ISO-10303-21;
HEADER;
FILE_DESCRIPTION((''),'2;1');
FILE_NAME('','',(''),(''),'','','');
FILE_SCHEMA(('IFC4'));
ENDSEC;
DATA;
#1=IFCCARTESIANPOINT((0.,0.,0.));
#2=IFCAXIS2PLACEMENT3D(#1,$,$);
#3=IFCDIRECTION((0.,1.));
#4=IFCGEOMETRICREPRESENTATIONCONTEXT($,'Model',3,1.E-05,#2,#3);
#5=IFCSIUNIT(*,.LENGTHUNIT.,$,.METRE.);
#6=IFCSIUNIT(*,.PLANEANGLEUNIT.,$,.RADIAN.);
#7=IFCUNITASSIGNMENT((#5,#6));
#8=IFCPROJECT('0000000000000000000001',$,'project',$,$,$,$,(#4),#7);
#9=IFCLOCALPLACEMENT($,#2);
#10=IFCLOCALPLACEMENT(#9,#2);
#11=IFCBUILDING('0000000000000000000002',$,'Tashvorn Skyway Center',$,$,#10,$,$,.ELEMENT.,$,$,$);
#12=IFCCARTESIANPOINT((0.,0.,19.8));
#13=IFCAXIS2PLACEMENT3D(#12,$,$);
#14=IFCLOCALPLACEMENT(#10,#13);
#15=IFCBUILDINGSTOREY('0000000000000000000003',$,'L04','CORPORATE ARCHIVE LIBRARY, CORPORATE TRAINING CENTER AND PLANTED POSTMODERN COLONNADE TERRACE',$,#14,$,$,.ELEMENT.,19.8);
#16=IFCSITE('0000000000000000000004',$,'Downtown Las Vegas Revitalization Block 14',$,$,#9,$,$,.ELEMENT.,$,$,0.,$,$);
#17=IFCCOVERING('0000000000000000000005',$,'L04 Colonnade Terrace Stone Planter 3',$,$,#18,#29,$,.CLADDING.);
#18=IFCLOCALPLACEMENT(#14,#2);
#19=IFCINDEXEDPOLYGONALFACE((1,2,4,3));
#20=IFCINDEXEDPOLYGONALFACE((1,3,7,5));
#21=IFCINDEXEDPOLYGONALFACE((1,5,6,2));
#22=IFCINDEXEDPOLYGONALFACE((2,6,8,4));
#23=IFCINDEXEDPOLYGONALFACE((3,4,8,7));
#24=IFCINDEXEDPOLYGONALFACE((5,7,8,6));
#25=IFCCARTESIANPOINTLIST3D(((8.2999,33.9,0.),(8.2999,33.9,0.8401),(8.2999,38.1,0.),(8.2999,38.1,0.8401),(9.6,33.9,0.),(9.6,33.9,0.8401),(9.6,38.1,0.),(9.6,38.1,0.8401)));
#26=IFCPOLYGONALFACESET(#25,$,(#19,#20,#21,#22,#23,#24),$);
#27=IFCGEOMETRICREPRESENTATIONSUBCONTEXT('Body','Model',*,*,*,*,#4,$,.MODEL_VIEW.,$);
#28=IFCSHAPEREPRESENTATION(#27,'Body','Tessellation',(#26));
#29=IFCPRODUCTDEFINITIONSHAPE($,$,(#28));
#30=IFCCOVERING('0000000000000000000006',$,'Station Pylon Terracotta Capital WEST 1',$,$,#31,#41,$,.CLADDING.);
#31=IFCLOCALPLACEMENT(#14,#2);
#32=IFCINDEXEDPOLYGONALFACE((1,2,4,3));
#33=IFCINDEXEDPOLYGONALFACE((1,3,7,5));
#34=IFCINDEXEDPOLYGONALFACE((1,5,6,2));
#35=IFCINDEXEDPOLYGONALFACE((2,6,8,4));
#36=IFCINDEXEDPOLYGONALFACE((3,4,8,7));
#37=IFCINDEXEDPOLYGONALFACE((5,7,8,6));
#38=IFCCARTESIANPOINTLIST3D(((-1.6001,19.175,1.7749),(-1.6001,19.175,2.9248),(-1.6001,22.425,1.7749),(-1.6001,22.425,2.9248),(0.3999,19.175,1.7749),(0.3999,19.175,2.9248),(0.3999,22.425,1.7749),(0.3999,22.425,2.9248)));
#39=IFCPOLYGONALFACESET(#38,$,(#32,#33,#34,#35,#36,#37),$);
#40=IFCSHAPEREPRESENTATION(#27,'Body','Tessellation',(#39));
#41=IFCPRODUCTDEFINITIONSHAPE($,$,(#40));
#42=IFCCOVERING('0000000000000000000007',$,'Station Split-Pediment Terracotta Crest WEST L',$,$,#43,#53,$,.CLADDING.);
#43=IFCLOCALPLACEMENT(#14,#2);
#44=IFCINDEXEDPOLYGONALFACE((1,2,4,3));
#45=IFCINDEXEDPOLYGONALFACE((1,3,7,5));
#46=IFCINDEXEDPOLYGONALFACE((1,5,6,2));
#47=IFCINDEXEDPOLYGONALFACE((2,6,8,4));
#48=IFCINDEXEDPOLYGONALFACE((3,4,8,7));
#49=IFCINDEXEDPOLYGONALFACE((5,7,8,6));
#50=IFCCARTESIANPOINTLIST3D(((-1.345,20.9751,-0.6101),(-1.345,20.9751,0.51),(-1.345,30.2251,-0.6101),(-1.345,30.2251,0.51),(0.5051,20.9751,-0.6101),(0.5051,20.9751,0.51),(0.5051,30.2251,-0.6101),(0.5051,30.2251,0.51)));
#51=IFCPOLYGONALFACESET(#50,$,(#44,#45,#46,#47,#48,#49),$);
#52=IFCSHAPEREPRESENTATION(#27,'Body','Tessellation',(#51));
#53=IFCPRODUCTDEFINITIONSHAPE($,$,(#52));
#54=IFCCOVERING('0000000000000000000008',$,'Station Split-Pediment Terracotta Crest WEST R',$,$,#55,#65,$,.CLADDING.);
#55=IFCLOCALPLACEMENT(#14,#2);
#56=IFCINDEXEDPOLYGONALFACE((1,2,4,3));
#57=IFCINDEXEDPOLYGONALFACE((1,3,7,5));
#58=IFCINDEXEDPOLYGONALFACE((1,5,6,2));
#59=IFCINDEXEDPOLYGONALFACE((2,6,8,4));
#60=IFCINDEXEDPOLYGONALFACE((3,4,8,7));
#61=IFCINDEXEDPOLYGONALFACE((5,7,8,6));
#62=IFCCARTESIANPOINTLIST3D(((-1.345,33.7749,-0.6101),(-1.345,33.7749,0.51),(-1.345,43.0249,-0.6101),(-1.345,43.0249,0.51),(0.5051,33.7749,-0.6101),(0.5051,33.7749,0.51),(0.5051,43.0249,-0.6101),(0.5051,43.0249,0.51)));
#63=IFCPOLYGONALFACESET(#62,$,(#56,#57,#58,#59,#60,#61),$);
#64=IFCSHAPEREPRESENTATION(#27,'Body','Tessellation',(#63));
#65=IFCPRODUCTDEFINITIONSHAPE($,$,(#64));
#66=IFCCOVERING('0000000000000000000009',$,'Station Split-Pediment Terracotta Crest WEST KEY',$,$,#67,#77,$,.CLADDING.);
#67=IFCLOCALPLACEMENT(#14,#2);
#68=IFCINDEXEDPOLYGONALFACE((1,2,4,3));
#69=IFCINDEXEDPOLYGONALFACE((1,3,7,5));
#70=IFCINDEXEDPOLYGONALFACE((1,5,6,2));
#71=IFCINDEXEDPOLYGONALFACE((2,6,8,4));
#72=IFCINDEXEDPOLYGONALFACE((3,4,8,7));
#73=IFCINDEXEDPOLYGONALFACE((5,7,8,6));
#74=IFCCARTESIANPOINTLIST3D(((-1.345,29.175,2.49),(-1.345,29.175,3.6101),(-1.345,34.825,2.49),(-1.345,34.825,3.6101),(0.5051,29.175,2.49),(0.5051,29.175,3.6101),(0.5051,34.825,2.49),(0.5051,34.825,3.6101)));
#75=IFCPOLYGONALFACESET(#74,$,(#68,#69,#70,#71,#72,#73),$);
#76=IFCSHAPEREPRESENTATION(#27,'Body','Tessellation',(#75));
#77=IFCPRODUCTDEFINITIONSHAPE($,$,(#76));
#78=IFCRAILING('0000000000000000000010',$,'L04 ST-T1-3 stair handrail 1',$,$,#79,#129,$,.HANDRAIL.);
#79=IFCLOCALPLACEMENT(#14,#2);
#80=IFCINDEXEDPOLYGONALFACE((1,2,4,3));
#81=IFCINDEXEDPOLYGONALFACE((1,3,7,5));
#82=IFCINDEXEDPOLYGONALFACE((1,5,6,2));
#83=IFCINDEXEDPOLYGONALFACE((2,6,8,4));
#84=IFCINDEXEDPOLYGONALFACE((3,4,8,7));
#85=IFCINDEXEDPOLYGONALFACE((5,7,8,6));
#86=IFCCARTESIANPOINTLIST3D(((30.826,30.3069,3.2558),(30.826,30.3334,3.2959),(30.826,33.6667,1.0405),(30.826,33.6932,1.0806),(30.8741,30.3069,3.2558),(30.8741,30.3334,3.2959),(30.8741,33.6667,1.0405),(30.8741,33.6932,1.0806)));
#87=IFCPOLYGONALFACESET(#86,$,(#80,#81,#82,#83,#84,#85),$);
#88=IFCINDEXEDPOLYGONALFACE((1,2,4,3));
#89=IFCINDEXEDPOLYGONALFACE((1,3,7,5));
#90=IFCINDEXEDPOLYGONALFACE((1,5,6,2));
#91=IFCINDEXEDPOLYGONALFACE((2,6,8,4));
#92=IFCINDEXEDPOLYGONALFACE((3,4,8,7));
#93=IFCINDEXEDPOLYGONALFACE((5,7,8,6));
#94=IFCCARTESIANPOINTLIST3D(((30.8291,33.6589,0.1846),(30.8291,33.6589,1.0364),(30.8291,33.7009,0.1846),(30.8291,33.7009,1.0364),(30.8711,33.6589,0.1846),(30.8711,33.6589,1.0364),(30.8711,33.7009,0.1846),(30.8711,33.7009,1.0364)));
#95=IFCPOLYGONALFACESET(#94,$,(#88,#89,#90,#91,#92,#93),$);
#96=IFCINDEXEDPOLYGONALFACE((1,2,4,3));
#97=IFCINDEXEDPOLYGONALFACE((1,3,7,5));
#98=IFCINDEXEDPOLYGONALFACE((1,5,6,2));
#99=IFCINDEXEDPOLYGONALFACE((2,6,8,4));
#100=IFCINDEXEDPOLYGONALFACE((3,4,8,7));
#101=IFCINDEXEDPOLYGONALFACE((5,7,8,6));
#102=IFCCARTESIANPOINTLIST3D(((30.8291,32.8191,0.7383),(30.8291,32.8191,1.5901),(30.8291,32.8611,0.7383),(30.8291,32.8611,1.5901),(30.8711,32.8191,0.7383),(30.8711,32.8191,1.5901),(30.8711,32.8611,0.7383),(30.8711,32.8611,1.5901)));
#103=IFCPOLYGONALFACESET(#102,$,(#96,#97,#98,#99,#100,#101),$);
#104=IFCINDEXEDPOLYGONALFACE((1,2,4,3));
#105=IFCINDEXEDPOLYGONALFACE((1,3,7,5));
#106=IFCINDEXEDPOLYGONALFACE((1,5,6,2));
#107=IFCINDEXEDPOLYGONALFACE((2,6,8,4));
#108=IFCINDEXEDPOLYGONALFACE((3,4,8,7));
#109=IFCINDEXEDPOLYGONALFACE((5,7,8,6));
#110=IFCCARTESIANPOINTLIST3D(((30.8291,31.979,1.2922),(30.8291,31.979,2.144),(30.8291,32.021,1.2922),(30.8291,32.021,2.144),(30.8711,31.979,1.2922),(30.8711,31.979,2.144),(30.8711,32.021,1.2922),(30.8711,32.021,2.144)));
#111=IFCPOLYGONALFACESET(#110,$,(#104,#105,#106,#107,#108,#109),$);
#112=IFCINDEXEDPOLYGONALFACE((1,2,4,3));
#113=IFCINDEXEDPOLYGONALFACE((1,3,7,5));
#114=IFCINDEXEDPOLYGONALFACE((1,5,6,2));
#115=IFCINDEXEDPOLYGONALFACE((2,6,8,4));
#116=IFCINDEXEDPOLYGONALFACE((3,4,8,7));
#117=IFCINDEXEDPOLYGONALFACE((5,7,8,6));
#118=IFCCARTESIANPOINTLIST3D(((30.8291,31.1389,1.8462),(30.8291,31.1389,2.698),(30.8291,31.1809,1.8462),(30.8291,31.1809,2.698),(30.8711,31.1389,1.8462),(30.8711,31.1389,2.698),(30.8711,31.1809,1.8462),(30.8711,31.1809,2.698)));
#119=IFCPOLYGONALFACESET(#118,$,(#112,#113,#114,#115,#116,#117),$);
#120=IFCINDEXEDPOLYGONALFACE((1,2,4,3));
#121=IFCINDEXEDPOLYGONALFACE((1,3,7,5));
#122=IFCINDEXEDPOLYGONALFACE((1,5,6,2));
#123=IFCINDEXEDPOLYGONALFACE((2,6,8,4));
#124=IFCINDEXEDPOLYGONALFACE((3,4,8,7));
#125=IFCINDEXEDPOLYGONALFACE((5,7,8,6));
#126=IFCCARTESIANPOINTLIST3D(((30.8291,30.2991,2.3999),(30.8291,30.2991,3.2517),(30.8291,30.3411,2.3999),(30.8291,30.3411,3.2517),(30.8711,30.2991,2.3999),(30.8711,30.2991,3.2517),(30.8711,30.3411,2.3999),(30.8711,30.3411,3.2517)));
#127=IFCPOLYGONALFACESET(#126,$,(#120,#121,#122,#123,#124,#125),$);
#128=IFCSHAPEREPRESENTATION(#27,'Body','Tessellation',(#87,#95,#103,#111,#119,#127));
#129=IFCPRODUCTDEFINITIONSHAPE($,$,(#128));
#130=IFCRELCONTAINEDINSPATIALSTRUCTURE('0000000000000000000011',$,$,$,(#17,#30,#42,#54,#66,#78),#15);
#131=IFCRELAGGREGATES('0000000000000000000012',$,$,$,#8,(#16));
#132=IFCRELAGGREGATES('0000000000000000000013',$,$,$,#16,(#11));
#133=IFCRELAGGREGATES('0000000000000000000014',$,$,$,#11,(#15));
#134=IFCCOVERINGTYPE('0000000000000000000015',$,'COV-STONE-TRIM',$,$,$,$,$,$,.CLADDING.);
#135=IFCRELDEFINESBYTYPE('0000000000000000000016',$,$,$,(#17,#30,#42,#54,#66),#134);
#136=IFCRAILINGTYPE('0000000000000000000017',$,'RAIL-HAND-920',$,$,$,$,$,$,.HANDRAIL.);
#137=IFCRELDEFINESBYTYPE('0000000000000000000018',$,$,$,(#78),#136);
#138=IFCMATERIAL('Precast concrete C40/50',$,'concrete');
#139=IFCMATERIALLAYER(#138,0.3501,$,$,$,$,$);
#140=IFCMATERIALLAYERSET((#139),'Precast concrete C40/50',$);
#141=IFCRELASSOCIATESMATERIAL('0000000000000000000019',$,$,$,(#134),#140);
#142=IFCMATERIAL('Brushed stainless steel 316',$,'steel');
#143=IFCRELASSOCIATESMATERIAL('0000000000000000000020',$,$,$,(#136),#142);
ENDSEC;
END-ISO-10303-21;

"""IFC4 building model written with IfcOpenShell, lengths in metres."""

from ifc_helpers import new_model, si_unit, direction, frame, origin, origin_2d, place, context, subcontext, project, spatial, rectangle, extrude, material, layer, layer_set, type_object, element, save


model = new_model("IFC4")

# Units and contexts
model_context = context("Model", 3, precision=1e-05, world=origin(), true_north=direction((0.0, 1.0)))
body_context = subcontext(model_context, "Body", "Model", "MODEL_VIEW")
ifc_project = project(units=[si_unit("LENGTHUNIT", "METRE"), si_unit("PLANEANGLEUNIT", "RADIAN")], contexts=[model_context])

# Site, building, storey
site_placement = place(None, origin())
site = spatial("IfcSite", under=ifc_project, at=site_placement, Name="Downtown Las Vegas Revitalization Block 14", CompositionType="ELEMENT", RefElevation=0.0)
building_placement = place(site_placement, origin())
building = spatial("IfcBuilding", under=site, at=building_placement, Name="Tashvorn Skyway Center", CompositionType="ELEMENT")
storey_placement = place(building_placement, frame((0.0, 0.0, 19.8)))
storey = spatial("IfcBuildingStorey", under=building, at=storey_placement, Name="L04", Description="CORPORATE ARCHIVE LIBRARY, CORPORATE TRAINING CENTER AND PLANTED POSTMODERN COLONNADE TERRACE", CompositionType="ELEMENT", Elevation=19.8)

# Coverings
ifc_material_1 = material(Name="Precast concrete C40/50", Category="concrete")
ifc_layer_1 = layer(ifc_material_1, 0.3501)
ifc_layer_set_1 = layer_set([ifc_layer_1], Name="Precast concrete C40/50")
covering_type = type_object("IfcCoveringType", Name="COV-STONE-TRIM", PredefinedType="CLADDING", material=ifc_layer_set_1)
for number, where, z_axis, x_axis, name in (
    (1, (8.95, 36.0, 0.0), (0.0, 0.0, 1.0), (1.0, 0.0, 0.0), "L04 Colonnade Terrace Stone Planter 3"),
):
    element("IfcCovering", number, at=place(storey_placement, frame(where, z_axis=z_axis, x_axis=x_axis)), inside=storey, type_object=covering_type, Name=name, PredefinedType="CLADDING", context=body_context, shape_type="SweptSolid", body=[
        extrude(rectangle(XDim=1.3, YDim=4.2, at=origin_2d()), origin(), (0.0, 0.0, 1.0), 0.8401),
    ])
covering_1_placement = place(storey_placement, frame((-0.6001, 20.8, 1.7749), z_axis=(0.0, 0.0, 1.0), x_axis=(1.0, 0.0, 0.0)))
element("IfcCovering", 2, at=covering_1_placement, inside=storey, type_object=covering_type, Name="Station Pylon Terracotta Capital WEST 1", PredefinedType="CLADDING", context=body_context, shape_type="SweptSolid", body=[
    extrude(rectangle(XDim=2.0, YDim=3.25, at=origin_2d()), origin(), (0.0, 0.0, 1.0), 1.1499),
])
for number, where, z_axis, x_axis, name in (
    (3, (-0.4199, 25.6001, -0.6101), (0.0, 0.0, 1.0), (1.0, 0.0, 0.0), "Station Split-Pediment Terracotta Crest WEST L"),
    (4, (-0.4199, 38.3999, -0.6101), (0.0, 0.0, 1.0), (1.0, 0.0, 0.0), "Station Split-Pediment Terracotta Crest WEST R"),
):
    element("IfcCovering", number, at=place(storey_placement, frame(where, z_axis=z_axis, x_axis=x_axis)), inside=storey, type_object=covering_type, Name=name, PredefinedType="CLADDING", context=body_context, shape_type="SweptSolid", body=[
        extrude(rectangle(XDim=1.8501, YDim=9.25, at=origin_2d()), origin(), (0.0, 0.0, 1.0), 1.1201),
    ])
covering_2_placement = place(storey_placement, frame((-0.4199, 32.0, 2.49), z_axis=(0.0, 0.0, 1.0), x_axis=(1.0, 0.0, 0.0)))
element("IfcCovering", 5, at=covering_2_placement, inside=storey, type_object=covering_type, Name="Station Split-Pediment Terracotta Crest WEST KEY", PredefinedType="CLADDING", context=body_context, shape_type="SweptSolid", body=[
    extrude(rectangle(XDim=1.8501, YDim=5.6499, at=origin_2d()), origin(), (0.0, 0.0, 1.0), 1.1201),
])

# Railing
ifc_material_2 = material(Name="Brushed stainless steel 316", Category="steel")
railing_type = type_object("IfcRailingType", Name="RAIL-HAND-920", PredefinedType="HANDRAIL", material=ifc_material_2)
railing_placement = place(storey_placement, frame((30.8501, 33.6799, 0.1846)))
element("IfcRailing", 6, at=railing_placement, inside=storey, type_object=railing_type, Name="L04 ST-T1-3 stair handrail 1", PredefinedType="HANDRAIL", context=body_context, shape_type="SweptSolid", body=[
    extrude(rectangle(XDim=0.0481, YDim=0.0481, at=origin_2d()), frame((0.0, 0.0, 0.876), z_axis=(0.0, -0.834858, 0.550465), x_axis=(1.0, 0.0, 0.0)), (0.0, 0.0, 1.0), 4.0244),
    extrude(rectangle(XDim=0.042, YDim=0.042, at=origin_2d()), origin(), (0.0, 0.0, 1.0), 0.8518),
    extrude(rectangle(XDim=0.042, YDim=0.042, at=origin_2d()), frame((0.0, -0.8398, 0.5537)), (0.0, 0.0, 1.0), 0.8518),
    extrude(rectangle(XDim=0.042, YDim=0.042, at=origin_2d()), frame((0.0, -1.6799, 1.1077)), (0.0, 0.0, 1.0), 0.8518),
    extrude(rectangle(XDim=0.042, YDim=0.042, at=origin_2d()), frame((0.0, -2.52, 1.6616)), (0.0, 0.0, 1.0), 0.8518),
    extrude(rectangle(XDim=0.042, YDim=0.042, at=origin_2d()), frame((0.0, -3.3599, 2.2153)), (0.0, 0.0, 1.0), 0.8518),
])

save(model, "model.ifc")
